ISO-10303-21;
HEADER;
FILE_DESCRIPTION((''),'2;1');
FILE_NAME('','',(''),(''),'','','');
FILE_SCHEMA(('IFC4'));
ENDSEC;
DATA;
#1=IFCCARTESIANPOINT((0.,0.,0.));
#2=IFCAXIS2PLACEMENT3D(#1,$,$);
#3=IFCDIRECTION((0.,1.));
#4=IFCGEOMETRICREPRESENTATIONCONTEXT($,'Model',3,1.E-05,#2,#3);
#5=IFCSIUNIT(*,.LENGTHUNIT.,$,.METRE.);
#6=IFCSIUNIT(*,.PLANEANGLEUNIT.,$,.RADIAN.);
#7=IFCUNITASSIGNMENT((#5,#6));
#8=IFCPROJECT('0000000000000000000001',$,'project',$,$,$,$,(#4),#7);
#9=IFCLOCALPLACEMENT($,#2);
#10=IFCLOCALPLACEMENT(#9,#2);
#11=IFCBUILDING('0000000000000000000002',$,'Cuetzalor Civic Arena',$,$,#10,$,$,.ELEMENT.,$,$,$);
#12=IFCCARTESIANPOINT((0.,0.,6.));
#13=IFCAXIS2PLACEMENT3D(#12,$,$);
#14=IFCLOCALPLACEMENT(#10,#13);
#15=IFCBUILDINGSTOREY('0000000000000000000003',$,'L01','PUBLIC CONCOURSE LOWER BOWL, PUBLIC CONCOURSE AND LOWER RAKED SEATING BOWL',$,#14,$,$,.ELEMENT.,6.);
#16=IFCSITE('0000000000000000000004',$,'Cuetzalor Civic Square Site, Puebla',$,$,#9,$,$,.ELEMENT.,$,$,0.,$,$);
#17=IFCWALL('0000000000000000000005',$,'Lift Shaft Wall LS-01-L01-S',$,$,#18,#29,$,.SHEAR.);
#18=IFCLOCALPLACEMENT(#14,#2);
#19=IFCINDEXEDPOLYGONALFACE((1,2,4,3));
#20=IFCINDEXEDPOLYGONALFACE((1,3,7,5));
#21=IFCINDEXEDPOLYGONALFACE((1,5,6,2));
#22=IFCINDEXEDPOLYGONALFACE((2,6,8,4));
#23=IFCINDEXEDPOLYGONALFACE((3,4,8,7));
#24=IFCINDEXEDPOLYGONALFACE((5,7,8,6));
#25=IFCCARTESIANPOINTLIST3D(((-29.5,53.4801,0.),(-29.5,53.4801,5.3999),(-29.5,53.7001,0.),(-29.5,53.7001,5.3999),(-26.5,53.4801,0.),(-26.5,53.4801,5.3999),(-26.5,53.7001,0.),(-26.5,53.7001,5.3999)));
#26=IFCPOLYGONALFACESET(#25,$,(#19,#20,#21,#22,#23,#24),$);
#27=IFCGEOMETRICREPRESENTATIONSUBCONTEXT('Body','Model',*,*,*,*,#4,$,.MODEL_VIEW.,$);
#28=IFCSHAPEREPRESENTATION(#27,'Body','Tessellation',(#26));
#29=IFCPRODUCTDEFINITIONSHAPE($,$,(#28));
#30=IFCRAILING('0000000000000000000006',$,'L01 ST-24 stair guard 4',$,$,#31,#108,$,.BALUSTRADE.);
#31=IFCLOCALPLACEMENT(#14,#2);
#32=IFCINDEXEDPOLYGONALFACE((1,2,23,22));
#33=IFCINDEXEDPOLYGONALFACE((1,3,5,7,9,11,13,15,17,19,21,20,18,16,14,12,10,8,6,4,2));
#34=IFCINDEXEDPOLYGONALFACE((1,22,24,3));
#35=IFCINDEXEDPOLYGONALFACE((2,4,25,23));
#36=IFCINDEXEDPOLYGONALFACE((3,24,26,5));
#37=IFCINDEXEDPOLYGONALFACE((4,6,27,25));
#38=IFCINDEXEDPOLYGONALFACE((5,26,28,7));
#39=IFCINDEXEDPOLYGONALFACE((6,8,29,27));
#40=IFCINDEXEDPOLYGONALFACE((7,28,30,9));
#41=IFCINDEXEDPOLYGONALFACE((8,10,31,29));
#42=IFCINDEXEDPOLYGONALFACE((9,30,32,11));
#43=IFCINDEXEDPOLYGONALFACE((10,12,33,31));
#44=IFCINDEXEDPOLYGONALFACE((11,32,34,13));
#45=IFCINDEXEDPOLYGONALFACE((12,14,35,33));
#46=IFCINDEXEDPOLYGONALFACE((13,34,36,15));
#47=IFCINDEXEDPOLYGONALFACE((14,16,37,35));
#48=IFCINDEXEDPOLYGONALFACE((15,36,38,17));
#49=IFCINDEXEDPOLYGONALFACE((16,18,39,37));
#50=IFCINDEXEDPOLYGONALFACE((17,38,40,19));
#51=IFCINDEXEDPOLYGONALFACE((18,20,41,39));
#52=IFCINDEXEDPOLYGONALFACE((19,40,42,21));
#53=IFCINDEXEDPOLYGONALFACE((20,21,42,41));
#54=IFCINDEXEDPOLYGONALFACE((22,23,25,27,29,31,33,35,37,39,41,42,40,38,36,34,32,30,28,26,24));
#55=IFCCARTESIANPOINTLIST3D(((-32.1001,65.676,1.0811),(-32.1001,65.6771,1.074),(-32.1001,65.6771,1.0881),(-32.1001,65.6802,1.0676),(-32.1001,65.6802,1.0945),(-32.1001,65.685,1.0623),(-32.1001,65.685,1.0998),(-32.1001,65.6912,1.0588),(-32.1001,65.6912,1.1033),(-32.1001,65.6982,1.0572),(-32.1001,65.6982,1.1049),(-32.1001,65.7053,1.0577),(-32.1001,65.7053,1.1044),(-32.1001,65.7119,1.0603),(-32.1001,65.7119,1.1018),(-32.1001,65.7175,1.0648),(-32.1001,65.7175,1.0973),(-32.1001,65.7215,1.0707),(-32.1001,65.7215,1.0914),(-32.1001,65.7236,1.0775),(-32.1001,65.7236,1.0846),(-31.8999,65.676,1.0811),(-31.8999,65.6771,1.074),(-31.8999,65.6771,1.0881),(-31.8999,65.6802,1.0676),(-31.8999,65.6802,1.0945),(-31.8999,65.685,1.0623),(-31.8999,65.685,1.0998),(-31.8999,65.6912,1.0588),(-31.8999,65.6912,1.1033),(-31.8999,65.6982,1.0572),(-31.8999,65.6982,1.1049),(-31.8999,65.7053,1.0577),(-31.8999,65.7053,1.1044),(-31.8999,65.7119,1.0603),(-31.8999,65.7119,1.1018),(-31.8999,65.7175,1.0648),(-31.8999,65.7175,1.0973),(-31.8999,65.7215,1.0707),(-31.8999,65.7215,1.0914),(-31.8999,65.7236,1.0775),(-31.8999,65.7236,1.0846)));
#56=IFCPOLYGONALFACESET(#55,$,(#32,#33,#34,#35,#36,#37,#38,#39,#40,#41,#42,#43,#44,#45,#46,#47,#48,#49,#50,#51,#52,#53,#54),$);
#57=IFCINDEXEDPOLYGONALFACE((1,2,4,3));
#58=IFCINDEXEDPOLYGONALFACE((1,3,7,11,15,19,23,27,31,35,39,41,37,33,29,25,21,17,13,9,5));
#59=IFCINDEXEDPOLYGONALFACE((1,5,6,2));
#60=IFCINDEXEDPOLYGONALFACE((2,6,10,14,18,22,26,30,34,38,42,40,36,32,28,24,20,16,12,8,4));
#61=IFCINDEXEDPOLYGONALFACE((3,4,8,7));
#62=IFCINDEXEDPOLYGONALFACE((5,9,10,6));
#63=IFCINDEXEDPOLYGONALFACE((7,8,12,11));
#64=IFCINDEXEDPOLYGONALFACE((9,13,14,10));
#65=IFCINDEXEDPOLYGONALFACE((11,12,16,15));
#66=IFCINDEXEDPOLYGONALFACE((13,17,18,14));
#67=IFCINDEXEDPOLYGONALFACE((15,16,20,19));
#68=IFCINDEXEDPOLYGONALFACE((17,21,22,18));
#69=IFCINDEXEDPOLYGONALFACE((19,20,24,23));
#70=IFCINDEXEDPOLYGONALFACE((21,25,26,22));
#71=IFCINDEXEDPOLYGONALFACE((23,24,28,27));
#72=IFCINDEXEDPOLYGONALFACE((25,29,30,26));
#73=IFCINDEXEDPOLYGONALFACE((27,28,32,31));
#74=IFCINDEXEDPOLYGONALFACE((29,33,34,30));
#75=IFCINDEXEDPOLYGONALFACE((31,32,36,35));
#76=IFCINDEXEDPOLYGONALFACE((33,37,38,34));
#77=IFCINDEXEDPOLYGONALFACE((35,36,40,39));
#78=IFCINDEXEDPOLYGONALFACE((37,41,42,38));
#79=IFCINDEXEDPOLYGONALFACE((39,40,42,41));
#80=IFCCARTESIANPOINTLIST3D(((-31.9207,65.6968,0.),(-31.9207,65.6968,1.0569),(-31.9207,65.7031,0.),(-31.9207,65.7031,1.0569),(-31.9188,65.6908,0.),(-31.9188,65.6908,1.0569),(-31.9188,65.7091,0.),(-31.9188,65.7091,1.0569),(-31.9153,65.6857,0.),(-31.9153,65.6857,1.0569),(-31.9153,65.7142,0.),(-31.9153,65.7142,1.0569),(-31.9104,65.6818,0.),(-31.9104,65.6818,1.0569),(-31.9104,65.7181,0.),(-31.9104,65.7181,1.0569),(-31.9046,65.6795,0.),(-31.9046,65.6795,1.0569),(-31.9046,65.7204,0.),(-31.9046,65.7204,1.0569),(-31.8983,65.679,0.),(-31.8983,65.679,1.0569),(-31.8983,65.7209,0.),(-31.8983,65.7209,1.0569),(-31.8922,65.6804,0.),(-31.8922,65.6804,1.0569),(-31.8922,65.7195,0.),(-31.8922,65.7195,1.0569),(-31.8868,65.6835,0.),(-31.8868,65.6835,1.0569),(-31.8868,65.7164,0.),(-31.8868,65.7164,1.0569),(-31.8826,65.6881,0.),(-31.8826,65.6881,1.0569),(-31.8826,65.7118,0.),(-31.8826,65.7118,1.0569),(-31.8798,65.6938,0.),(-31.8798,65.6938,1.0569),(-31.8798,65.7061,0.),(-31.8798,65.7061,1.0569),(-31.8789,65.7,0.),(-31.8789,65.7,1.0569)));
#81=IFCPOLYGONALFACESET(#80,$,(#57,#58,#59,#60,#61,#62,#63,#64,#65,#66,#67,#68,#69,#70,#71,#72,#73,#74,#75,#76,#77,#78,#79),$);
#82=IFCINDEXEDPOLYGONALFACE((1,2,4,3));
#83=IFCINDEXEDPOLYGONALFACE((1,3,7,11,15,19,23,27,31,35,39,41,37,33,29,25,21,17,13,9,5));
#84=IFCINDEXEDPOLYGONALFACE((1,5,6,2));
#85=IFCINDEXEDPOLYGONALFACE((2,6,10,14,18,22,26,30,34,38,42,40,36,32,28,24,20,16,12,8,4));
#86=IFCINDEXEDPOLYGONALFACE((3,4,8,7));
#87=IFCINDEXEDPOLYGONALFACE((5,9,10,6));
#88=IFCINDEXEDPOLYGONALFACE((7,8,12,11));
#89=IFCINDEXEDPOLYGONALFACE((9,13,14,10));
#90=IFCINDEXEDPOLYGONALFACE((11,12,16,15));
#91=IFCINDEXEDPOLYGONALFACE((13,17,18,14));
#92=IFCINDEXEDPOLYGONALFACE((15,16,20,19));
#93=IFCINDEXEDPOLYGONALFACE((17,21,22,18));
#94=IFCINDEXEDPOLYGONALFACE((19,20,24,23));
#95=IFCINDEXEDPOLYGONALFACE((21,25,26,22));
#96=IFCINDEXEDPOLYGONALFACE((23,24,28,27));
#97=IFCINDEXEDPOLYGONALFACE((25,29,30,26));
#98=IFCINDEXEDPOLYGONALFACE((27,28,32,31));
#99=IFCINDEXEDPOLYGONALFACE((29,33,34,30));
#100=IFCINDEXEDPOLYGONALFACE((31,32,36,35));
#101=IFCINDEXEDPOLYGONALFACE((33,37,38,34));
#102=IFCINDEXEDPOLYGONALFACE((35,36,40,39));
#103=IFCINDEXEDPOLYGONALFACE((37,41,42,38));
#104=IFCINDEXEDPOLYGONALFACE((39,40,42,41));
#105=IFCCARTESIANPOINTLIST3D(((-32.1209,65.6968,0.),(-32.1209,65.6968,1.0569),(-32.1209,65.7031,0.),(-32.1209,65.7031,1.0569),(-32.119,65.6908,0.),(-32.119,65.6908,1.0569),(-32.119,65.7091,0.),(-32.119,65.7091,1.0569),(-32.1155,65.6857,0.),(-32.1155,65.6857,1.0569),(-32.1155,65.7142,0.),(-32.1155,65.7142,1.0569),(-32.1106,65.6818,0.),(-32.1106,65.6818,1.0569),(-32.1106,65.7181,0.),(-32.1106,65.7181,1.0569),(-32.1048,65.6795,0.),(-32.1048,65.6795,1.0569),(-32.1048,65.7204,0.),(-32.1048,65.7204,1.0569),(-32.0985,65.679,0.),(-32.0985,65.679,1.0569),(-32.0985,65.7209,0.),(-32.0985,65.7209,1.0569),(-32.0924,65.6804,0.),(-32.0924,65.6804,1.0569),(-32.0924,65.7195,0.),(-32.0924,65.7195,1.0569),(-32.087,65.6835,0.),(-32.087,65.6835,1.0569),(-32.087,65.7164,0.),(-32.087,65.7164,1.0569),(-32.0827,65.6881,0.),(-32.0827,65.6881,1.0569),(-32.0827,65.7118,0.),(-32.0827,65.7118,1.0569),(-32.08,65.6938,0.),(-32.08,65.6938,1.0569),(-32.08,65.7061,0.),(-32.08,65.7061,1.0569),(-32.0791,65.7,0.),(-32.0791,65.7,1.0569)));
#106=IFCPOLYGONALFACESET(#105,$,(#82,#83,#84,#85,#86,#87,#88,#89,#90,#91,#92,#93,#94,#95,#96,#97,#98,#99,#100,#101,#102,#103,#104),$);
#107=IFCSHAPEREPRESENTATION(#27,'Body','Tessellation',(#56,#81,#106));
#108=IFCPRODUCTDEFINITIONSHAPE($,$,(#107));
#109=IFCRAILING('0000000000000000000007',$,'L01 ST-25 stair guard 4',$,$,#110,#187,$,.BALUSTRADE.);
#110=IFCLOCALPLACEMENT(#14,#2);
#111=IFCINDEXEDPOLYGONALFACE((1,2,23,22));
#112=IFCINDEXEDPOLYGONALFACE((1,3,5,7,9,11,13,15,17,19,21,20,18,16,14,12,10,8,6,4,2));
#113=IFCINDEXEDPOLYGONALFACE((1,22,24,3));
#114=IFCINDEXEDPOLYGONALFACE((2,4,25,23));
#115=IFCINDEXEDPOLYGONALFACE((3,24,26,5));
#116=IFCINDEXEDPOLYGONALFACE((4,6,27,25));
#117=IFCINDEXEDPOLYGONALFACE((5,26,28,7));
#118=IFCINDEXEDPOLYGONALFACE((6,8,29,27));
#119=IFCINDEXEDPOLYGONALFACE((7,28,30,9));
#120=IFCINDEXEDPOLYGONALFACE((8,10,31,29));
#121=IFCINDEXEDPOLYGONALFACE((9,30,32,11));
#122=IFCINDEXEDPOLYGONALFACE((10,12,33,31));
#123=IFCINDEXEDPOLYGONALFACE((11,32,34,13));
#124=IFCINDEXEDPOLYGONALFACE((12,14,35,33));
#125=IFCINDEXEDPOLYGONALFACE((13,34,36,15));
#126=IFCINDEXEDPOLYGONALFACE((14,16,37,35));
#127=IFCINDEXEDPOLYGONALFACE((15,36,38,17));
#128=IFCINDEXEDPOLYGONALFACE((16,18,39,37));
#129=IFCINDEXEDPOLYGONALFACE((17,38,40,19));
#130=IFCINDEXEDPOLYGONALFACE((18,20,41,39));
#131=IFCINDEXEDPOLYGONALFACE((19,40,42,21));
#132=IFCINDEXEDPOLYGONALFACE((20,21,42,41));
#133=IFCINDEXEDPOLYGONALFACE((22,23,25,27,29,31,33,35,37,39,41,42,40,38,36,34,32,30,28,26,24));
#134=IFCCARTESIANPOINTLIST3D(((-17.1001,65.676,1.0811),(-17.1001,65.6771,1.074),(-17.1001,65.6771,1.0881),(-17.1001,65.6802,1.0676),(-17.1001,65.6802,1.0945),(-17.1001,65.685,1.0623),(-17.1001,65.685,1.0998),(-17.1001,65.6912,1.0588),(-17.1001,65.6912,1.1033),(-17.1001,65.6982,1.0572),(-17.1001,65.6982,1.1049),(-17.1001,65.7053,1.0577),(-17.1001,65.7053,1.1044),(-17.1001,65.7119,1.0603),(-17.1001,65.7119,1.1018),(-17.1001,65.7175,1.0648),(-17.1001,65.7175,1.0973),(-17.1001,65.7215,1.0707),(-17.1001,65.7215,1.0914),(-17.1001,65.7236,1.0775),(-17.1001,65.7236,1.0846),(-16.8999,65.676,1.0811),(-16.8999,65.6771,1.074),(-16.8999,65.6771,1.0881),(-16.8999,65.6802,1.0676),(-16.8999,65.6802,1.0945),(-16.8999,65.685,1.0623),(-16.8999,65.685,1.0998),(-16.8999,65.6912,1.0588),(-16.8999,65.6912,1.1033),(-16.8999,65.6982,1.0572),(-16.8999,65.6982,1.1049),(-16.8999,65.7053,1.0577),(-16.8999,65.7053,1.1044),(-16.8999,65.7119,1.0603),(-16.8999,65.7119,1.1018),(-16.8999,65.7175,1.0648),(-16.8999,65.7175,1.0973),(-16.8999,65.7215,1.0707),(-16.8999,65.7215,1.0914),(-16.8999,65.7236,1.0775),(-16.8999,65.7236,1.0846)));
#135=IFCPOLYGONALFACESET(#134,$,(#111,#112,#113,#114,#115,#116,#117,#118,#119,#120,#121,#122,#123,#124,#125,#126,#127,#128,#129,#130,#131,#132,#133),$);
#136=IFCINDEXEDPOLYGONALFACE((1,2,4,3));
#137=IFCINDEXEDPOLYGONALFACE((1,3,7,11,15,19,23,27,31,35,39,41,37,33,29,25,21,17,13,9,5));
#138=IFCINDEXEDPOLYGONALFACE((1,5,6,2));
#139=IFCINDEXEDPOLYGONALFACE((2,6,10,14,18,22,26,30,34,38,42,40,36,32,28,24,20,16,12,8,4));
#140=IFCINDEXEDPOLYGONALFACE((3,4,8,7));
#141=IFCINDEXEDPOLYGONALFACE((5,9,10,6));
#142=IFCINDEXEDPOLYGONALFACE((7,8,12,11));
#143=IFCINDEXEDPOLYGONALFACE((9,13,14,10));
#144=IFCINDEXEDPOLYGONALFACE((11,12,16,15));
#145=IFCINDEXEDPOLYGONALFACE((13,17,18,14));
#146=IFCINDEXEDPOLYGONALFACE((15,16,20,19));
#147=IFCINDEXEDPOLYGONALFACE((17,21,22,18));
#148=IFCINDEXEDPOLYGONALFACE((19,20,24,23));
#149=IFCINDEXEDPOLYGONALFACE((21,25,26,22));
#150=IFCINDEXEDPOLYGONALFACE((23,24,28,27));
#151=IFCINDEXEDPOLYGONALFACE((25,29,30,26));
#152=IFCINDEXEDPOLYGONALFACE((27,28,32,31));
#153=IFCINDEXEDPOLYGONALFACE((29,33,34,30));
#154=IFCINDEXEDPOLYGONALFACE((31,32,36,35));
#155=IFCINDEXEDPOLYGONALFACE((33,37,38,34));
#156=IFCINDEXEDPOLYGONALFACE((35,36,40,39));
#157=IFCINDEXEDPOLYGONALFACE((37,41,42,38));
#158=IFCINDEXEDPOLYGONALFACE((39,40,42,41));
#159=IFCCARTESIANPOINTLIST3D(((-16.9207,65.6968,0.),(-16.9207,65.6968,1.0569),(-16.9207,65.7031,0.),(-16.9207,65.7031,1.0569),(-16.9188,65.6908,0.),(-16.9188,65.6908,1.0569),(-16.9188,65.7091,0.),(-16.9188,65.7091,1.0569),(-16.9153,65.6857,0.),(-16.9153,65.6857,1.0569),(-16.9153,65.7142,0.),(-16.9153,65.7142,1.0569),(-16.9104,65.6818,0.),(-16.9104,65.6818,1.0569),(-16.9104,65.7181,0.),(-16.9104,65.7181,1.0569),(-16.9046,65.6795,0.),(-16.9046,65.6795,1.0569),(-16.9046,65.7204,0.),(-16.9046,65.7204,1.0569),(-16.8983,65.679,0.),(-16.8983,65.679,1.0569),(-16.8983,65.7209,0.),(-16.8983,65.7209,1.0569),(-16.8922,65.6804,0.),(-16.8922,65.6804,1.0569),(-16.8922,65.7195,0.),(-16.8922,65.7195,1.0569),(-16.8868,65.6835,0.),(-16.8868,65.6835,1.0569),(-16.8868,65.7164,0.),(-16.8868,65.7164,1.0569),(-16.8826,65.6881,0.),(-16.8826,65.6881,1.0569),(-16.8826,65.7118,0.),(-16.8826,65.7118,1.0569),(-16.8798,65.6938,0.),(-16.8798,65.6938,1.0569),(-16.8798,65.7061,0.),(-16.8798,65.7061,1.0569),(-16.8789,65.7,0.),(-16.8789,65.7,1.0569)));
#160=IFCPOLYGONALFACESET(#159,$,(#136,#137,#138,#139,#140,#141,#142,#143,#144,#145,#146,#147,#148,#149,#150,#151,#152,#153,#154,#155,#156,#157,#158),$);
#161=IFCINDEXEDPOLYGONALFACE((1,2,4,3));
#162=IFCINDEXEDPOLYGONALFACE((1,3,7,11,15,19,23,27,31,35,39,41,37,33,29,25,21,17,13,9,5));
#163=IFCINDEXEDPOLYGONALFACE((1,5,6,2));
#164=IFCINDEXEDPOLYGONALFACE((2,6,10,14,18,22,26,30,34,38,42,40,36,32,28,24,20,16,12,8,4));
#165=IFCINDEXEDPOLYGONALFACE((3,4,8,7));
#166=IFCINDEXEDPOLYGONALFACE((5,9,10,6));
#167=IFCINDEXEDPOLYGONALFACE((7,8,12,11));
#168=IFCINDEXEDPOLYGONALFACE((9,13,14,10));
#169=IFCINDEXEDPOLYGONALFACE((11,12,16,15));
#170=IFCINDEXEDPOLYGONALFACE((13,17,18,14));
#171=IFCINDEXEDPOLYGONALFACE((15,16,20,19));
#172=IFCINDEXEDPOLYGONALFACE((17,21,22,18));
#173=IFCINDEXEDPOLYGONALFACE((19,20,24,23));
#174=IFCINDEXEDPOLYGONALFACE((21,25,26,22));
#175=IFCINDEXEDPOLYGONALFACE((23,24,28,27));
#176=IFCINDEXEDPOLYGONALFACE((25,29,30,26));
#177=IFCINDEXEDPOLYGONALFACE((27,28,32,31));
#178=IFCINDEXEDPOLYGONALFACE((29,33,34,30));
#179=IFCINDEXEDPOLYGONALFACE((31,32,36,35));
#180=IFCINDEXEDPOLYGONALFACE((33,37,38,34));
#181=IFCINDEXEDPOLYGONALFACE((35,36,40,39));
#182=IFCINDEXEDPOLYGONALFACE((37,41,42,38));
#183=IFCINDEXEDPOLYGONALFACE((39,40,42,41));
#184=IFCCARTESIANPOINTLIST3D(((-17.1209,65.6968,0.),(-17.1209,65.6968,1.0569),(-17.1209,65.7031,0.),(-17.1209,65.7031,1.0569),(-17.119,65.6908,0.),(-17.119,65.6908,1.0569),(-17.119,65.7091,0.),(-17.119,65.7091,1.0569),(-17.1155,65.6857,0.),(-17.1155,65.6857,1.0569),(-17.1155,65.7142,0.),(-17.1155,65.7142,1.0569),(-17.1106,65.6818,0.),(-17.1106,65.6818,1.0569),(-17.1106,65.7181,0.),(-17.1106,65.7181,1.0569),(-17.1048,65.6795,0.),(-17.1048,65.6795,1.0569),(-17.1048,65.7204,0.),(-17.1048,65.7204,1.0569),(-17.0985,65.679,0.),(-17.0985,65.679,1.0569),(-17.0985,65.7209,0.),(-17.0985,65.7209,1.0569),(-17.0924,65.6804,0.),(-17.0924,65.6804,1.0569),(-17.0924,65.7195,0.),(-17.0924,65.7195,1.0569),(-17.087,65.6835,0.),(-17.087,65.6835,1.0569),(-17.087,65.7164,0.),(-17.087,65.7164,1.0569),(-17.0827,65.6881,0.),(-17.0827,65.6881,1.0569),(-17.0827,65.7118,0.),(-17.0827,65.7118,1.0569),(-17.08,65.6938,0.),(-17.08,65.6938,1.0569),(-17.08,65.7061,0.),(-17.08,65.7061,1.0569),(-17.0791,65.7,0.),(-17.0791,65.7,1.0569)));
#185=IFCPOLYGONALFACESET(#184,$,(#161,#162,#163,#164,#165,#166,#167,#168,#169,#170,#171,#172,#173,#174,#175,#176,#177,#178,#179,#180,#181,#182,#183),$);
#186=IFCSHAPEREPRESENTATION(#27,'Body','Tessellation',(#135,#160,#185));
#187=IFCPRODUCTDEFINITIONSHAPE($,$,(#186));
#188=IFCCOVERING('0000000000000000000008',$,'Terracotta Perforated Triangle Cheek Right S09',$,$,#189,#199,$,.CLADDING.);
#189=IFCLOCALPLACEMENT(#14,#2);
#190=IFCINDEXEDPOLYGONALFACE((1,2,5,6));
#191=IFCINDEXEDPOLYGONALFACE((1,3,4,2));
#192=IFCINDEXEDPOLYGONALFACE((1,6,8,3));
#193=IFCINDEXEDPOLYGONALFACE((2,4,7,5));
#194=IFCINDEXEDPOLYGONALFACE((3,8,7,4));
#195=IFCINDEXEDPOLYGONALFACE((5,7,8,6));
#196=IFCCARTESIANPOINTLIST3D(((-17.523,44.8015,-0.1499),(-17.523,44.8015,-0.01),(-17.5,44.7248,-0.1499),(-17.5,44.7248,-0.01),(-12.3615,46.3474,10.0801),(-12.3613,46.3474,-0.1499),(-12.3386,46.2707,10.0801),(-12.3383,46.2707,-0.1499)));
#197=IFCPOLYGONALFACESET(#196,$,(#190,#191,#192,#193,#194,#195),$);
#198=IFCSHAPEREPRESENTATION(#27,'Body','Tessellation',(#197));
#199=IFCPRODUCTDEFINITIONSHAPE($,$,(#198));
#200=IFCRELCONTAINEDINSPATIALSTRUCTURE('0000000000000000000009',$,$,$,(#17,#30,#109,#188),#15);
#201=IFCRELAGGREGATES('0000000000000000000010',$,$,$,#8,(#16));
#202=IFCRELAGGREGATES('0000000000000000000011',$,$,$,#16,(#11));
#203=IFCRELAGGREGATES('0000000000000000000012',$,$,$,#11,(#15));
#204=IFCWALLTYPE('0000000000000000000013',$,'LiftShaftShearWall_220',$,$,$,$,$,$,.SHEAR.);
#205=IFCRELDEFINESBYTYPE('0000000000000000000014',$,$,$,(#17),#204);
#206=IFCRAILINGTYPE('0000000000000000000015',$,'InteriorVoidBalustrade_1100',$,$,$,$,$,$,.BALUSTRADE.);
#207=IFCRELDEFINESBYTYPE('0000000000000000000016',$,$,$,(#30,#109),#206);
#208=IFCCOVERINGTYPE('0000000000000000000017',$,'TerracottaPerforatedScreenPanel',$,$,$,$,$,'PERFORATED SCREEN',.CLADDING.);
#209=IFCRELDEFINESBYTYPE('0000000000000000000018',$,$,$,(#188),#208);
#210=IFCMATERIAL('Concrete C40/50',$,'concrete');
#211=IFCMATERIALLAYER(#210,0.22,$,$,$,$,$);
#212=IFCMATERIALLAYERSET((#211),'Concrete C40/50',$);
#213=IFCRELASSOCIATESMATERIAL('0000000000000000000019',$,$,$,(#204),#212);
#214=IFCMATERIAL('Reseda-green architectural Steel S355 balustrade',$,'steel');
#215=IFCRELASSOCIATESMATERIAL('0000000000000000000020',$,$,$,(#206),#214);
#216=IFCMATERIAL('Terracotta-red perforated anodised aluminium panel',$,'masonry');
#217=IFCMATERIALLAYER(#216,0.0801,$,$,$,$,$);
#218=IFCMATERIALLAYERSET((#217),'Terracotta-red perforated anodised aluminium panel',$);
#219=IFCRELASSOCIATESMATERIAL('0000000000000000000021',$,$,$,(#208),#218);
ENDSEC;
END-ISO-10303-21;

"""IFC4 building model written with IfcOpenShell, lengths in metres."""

from ifc_helpers import new_model, si_unit, direction, frame, frame_2d, origin, origin_2d, place, context, subcontext, project, spatial, polyline, rectangle, circle, outline, extrude, material, layer, layer_set, type_object, element, save


model = new_model("IFC4")

# Units and contexts
model_context = context("Model", 3, precision=1e-05, world=origin(), true_north=direction((0.0, 1.0)))
body_context = subcontext(model_context, "Body", "Model", "MODEL_VIEW")
ifc_project = project(units=[si_unit("LENGTHUNIT", "METRE"), si_unit("PLANEANGLEUNIT", "RADIAN")], contexts=[model_context])

# Site, building, storey
site_placement = place(None, origin())
site = spatial("IfcSite", under=ifc_project, at=site_placement, Name="Cuetzalor Civic Square Site, Puebla", CompositionType="ELEMENT", RefElevation=0.0)
building_placement = place(site_placement, origin())
building = spatial("IfcBuilding", under=site, at=building_placement, Name="Cuetzalor Civic Arena", CompositionType="ELEMENT")
storey_placement = place(building_placement, frame((0.0, 0.0, 6.0)))
storey = spatial("IfcBuildingStorey", under=building, at=storey_placement, Name="L01", Description="PUBLIC CONCOURSE LOWER BOWL, PUBLIC CONCOURSE AND LOWER RAKED SEATING BOWL", CompositionType="ELEMENT", Elevation=6.0)

# Shared definitions
ifc_material_1 = material(Name="Concrete C40/50", Category="concrete")
ifc_layer_1 = layer(ifc_material_1, 0.22)
ifc_layer_set_1 = layer_set([ifc_layer_1], Name="Concrete C40/50")
wall_type_1 = type_object("IfcWallType", Name="LiftShaftShearWall_220", PredefinedType="SHEAR", material=ifc_layer_set_1)

# Wall
wall_1_placement = place(storey_placement, frame((-26.5, 53.5901, 0.0), z_axis=(0.0, 0.0, 1.0), x_axis=(-1.0, 0.0, 0.0)))
element("IfcWall", 1, at=wall_1_placement, inside=storey, type_object=wall_type_1, Name="Lift Shaft Wall LS-01-L01-S", PredefinedType="SHEAR", context=body_context, shape_type="SweptSolid", body=[
    extrude(rectangle(XDim=3.0, YDim=0.22, at=frame_2d((1.5, 0.0))), origin(), (0.0, 0.0, 1.0), 5.3999),
])

# Railings
ifc_material_2 = material(Name="Reseda-green architectural Steel S355 balustrade", Category="steel")
railing_type = type_object("IfcRailingType", Name="InteriorVoidBalustrade_1100", PredefinedType="BALUSTRADE", material=ifc_material_2)
for number, where, name in (
    (2, (-31.8999, 65.7, 0.0), "L01 ST-24 stair guard 4"),
    (3, (-16.8999, 65.7, 0.0), "L01 ST-25 stair guard 4"),
):
    element("IfcRailing", number, at=place(storey_placement, frame(where)), inside=storey, type_object=railing_type, Name=name, PredefinedType="BALUSTRADE", context=body_context, shape_type="SweptSolid", body=[
        extrude(circle(Radius=0.0239, at=origin_2d()), frame((0.0, 0.0, 1.0811), z_axis=(-1.0, 0.0, 0.0), x_axis=(0.0, -1.0, 0.0)), (0.0, 0.0, 1.0), 0.2002),
        extrude(circle(Radius=0.021, at=origin_2d()), origin(), (0.0, 0.0, 1.0), 1.0569),
        extrude(circle(Radius=0.021, at=origin_2d()), frame((-0.2002, 0.0, 0.0)), (0.0, 0.0, 1.0), 1.0569),
    ])

# Covering
ifc_material_3 = material(Name="Terracotta-red perforated anodised aluminium panel", Category="masonry")
ifc_layer_2 = layer(ifc_material_3, 0.0801)
ifc_layer_set_2 = layer_set([ifc_layer_2], Name="Terracotta-red perforated anodised aluminium panel")
covering_type = type_object("IfcCoveringType", Name="TerracottaPerforatedScreenPanel", ElementType="PERFORATED SCREEN", PredefinedType="CLADDING", material=ifc_layer_set_2)
covering_placement = place(storey_placement, frame((-17.5115, 44.7632, -0.1499), z_axis=(0.0, 0.0, 1.0), x_axis=(0.957958, 0.286907, 0.0)))
element("IfcCovering", 4, at=covering_placement, inside=storey, type_object=covering_type, Name="Terracotta Perforated Triangle Cheek Right S09", PredefinedType="CLADDING", context=body_context, shape_type="SweptSolid", body=[
    extrude(outline(polyline([(0.0, 0.0), (5.3882, 0.0), (5.3879, 10.23), (0.0, 0.1399), (0.0, 0.0)])), frame((0.0, 0.04, 0.0), z_axis=(0.0, -1.0, 0.0), x_axis=(1.0, 0.0, 0.0)), (0.0, 0.0, 1.0), 0.0801),
])

save(model, "model.ifc")
